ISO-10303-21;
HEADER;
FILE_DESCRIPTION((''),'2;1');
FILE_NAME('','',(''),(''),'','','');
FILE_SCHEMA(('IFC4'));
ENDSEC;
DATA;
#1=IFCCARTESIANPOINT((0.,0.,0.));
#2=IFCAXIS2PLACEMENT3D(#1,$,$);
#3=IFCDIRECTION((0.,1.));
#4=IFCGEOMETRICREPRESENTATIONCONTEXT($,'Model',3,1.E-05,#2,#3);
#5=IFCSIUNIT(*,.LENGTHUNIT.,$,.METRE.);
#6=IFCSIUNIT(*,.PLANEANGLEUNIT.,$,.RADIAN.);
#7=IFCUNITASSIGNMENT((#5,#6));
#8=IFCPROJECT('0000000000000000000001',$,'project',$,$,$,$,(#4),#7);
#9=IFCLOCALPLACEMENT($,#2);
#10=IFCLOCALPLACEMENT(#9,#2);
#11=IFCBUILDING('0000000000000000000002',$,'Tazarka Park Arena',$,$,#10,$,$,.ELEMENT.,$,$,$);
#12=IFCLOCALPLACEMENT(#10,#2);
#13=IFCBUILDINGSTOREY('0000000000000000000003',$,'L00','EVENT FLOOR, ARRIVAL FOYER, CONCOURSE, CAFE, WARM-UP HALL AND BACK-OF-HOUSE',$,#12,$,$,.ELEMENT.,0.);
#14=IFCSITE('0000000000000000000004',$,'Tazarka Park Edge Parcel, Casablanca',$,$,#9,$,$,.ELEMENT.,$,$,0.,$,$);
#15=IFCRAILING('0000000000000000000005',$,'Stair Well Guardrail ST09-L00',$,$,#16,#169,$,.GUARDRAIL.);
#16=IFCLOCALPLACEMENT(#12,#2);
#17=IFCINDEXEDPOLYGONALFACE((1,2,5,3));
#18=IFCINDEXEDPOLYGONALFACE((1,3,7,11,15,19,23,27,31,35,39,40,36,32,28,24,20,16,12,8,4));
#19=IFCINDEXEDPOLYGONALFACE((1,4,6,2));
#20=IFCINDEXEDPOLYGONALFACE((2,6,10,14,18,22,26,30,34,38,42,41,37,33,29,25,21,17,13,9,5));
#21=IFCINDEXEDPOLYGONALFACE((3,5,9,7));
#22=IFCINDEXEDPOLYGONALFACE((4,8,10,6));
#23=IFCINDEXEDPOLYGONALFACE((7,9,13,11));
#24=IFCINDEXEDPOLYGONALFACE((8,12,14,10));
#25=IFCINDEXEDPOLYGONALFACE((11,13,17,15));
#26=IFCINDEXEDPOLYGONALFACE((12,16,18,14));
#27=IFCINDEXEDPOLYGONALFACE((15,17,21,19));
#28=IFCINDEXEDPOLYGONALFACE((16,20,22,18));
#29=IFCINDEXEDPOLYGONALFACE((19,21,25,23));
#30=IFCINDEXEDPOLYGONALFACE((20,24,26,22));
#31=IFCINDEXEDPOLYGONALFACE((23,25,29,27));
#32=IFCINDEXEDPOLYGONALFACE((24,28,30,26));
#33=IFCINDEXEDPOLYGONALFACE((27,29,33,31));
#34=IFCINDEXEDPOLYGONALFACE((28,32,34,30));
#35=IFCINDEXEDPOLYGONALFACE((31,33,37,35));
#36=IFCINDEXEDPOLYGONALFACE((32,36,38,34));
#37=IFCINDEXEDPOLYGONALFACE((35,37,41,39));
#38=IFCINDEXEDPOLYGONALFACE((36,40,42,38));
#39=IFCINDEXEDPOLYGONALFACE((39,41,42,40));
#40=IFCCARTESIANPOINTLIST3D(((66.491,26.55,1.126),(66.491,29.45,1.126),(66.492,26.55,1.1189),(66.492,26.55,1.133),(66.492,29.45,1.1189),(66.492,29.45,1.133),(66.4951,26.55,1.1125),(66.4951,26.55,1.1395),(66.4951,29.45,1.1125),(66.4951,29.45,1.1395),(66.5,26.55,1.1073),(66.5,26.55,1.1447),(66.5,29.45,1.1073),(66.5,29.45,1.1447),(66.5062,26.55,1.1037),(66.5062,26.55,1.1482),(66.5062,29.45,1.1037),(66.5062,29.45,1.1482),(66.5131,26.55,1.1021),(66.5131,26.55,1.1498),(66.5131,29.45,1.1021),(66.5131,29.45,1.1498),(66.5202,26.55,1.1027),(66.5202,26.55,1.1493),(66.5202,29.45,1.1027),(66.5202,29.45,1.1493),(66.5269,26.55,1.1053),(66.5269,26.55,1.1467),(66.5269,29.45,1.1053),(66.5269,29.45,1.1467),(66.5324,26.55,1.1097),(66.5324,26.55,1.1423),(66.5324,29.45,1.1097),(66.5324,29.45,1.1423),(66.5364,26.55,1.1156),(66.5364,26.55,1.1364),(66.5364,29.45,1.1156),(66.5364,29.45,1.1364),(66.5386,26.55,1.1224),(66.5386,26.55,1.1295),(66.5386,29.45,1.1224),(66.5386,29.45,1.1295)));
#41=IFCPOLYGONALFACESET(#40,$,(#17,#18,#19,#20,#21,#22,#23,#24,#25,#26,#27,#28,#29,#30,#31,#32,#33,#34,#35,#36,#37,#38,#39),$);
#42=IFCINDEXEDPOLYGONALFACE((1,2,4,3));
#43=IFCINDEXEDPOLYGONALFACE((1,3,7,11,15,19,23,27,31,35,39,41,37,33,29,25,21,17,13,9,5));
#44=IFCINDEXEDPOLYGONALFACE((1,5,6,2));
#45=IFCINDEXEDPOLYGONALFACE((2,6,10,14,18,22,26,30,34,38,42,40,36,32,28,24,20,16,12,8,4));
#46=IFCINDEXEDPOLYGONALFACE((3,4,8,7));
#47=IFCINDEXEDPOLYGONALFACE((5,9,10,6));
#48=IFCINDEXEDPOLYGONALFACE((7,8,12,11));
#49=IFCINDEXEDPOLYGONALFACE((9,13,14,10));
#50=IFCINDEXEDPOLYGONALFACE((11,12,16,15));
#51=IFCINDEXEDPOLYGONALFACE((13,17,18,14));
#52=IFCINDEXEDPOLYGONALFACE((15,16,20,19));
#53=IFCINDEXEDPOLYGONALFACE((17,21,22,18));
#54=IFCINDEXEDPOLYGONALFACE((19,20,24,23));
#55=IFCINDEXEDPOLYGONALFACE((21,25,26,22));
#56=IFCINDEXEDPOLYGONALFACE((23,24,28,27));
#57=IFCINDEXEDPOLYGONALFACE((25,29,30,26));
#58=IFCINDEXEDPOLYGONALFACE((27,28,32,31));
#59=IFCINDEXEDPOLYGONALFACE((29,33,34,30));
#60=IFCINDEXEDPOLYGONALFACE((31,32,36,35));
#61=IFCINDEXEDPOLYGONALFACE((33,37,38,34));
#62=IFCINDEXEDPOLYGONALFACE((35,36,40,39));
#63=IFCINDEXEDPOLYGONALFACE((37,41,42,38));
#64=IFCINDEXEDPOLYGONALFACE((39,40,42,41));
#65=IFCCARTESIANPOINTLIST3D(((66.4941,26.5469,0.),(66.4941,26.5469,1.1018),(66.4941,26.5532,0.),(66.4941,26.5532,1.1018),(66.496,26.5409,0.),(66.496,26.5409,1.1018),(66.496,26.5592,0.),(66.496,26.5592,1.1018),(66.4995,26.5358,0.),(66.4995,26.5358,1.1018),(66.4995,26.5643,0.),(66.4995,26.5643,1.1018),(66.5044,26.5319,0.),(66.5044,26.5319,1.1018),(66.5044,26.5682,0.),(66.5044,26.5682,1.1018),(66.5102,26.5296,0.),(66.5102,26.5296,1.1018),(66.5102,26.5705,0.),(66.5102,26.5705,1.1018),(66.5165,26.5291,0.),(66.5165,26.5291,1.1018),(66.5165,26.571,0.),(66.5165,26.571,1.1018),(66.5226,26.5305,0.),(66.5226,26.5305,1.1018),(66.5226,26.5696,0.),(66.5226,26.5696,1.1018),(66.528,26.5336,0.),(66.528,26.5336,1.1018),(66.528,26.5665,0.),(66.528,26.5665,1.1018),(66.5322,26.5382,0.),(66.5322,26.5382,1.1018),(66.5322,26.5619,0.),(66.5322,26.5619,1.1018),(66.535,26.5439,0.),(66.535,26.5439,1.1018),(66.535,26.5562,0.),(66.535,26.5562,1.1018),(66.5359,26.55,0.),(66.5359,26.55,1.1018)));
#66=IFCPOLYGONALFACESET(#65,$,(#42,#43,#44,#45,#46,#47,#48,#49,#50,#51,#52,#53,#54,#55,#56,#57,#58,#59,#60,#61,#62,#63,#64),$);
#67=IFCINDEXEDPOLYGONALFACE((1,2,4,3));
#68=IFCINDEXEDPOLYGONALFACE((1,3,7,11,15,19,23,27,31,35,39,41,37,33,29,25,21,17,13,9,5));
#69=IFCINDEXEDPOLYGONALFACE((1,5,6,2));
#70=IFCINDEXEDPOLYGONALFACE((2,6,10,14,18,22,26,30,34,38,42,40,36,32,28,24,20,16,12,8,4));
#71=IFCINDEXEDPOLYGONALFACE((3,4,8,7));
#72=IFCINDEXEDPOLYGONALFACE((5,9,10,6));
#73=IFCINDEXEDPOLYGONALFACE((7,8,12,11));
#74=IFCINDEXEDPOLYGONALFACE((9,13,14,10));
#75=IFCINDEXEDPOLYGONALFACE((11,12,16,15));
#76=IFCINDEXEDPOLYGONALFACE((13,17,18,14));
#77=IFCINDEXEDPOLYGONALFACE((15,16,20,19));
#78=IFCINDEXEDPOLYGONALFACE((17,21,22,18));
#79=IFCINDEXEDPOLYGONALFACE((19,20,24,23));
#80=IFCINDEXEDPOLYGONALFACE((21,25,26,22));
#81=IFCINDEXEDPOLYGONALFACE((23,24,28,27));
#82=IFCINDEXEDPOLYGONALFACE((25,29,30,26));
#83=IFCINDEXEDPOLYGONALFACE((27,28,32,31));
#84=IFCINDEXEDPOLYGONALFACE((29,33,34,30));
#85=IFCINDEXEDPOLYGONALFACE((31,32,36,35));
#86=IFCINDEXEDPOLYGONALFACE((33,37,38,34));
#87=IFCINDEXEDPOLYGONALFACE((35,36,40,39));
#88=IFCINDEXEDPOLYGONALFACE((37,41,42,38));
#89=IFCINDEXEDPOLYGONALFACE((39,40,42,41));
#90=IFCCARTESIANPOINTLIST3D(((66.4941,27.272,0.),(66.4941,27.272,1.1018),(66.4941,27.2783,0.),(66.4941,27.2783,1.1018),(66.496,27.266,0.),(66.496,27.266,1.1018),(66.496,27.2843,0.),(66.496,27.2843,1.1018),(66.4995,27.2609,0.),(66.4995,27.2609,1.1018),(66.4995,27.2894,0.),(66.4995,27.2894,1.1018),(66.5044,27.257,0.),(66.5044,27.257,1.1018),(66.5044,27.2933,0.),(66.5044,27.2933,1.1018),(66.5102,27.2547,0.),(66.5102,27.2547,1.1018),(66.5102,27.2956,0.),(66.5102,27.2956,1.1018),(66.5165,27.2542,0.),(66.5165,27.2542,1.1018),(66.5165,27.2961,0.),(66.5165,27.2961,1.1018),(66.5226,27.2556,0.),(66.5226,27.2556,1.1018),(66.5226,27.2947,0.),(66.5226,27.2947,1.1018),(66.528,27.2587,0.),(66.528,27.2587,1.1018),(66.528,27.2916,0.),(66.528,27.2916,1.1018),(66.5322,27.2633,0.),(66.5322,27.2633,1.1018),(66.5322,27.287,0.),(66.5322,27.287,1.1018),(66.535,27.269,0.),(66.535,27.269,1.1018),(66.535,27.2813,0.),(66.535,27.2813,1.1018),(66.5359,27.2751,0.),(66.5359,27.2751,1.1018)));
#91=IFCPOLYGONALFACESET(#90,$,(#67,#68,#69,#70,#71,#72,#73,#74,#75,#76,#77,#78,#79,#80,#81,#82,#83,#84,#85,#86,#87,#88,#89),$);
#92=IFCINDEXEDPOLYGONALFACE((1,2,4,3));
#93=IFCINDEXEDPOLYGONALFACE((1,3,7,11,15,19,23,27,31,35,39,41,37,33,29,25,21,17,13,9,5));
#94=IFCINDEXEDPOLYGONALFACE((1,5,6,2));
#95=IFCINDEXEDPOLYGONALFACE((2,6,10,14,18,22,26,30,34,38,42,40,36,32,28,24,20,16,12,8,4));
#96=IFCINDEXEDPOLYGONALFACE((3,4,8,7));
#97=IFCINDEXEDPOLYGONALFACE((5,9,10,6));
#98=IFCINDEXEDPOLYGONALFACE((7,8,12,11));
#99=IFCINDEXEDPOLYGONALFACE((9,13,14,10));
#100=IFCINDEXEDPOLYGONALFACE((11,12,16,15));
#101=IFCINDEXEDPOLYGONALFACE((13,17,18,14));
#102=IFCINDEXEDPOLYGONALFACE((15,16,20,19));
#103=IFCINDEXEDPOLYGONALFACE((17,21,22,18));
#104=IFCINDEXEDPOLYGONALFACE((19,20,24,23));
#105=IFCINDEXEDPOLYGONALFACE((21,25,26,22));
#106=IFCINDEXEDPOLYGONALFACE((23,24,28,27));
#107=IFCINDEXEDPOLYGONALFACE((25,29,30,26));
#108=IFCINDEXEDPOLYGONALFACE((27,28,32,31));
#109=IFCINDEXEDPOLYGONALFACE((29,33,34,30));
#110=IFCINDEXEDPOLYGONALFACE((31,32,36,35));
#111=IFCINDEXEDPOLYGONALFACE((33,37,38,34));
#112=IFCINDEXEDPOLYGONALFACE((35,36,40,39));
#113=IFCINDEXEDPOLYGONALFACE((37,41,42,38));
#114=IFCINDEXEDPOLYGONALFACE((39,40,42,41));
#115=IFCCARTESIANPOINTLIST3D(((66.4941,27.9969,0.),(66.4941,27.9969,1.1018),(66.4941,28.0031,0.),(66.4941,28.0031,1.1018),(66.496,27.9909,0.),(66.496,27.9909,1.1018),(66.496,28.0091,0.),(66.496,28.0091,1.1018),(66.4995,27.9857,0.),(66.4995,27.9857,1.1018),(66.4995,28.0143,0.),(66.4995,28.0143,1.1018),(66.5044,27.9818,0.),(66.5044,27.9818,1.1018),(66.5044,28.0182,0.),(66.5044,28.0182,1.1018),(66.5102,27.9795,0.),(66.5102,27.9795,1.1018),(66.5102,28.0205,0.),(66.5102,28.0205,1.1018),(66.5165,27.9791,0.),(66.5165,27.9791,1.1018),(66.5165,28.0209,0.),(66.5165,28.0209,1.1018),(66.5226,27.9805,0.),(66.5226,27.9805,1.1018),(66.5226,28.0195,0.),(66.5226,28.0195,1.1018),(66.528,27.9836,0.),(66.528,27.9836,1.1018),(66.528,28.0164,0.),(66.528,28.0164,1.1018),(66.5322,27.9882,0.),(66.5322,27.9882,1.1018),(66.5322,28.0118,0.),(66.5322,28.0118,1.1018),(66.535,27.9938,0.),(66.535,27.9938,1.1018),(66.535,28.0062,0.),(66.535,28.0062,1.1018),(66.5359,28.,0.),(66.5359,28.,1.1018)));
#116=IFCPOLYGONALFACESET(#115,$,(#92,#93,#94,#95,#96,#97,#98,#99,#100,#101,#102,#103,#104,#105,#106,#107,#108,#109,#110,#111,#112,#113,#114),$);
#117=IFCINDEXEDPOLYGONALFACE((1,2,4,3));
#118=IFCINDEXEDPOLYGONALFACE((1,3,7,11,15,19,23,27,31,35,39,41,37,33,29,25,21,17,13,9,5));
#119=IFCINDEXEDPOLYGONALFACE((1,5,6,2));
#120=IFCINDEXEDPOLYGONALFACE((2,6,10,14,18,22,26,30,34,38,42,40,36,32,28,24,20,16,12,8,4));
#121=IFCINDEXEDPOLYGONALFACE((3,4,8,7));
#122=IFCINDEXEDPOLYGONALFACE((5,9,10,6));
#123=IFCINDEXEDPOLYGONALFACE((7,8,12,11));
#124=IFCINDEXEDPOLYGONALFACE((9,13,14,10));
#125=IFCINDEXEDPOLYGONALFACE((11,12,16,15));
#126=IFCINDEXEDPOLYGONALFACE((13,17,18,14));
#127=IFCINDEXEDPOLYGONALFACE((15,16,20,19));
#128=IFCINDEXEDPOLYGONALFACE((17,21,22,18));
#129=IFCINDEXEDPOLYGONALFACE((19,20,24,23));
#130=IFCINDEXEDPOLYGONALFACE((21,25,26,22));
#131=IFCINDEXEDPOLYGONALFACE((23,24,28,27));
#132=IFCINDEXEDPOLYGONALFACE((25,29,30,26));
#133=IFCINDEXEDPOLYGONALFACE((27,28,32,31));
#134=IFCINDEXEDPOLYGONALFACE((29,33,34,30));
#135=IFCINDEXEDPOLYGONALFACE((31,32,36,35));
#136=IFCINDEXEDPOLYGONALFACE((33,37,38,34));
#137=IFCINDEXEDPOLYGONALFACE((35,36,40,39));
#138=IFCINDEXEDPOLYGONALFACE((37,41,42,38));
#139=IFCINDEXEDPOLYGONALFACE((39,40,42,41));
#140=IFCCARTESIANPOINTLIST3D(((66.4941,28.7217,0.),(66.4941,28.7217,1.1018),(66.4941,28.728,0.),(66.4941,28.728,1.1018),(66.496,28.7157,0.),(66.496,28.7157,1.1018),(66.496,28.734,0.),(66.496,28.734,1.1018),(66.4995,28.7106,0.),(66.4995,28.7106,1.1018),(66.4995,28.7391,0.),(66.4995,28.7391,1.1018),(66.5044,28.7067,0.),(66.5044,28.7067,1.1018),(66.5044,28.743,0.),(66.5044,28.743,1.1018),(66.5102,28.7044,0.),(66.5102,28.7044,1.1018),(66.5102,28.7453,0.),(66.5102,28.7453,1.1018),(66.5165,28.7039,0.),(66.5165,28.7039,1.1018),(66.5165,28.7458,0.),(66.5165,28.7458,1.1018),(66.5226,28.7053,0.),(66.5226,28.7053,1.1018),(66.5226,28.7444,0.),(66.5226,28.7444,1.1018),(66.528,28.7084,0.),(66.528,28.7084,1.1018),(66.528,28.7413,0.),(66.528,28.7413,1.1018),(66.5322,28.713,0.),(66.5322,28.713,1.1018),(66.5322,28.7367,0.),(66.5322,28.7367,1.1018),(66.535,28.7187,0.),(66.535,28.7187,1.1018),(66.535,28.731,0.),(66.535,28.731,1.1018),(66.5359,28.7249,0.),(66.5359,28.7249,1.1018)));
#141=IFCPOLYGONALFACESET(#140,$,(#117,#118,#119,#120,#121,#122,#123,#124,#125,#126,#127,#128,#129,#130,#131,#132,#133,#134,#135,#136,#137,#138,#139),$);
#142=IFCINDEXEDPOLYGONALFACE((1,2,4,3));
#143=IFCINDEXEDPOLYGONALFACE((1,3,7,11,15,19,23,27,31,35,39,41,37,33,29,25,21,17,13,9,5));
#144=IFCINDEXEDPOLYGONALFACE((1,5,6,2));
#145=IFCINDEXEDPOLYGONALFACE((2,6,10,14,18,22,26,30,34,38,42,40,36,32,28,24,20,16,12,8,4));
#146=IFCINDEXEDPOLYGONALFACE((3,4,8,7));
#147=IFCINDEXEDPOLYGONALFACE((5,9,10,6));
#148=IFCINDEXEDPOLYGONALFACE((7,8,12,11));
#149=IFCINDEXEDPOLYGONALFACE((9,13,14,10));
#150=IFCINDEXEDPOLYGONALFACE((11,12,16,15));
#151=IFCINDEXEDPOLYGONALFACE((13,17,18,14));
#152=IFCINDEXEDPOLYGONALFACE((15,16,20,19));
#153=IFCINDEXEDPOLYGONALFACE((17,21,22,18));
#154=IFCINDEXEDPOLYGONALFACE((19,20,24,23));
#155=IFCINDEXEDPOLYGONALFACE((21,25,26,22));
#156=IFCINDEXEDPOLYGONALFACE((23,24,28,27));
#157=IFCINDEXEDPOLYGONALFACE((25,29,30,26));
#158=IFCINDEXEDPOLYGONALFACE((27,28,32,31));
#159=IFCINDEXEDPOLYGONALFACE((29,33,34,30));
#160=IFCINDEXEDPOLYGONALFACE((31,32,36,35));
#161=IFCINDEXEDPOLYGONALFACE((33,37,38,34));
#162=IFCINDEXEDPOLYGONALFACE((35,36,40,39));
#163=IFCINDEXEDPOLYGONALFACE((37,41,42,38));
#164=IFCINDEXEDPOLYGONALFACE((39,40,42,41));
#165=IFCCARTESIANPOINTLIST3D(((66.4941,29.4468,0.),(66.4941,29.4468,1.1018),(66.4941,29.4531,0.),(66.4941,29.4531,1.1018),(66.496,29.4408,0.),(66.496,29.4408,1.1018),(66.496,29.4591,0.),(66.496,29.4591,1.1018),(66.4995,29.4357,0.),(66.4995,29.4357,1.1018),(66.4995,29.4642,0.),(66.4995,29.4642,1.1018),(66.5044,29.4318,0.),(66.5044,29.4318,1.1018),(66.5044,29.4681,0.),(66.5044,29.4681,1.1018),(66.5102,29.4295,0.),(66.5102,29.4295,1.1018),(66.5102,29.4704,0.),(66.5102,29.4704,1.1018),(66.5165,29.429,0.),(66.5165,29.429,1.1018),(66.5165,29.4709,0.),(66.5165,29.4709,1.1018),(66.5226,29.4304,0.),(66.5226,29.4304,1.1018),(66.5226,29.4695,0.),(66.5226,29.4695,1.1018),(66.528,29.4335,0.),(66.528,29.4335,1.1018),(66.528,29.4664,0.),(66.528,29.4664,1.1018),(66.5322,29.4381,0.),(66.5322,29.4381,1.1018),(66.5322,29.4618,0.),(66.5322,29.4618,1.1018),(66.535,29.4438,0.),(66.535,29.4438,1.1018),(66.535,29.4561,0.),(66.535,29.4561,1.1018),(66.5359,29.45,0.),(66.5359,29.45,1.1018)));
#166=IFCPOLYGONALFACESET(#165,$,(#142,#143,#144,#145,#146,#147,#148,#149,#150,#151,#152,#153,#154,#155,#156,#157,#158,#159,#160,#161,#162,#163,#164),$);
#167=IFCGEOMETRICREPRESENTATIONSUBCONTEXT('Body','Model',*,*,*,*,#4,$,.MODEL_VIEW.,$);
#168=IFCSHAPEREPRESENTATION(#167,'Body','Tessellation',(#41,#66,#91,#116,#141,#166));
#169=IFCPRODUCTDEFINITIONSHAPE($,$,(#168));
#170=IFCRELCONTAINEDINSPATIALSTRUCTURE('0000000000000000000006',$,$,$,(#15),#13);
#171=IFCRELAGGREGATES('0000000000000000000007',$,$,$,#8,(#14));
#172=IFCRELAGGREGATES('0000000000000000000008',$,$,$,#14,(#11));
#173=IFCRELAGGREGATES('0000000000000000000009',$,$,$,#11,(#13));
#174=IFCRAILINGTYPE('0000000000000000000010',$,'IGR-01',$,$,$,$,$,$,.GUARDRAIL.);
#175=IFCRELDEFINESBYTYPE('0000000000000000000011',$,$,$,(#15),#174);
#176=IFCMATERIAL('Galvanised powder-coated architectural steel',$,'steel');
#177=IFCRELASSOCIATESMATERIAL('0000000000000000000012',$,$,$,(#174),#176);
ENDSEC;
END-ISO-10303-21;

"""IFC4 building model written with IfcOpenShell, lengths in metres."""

from ifc_helpers import new_model, si_unit, direction, frame, origin, origin_2d, place, context, subcontext, project, spatial, circle, extrude, material, type_object, element, save


model = new_model("IFC4")

# Units and contexts
model_context = context("Model", 3, precision=1e-05, world=origin(), true_north=direction((0.0, 1.0)))
body_context = subcontext(model_context, "Body", "Model", "MODEL_VIEW")
ifc_project = project(units=[si_unit("LENGTHUNIT", "METRE"), si_unit("PLANEANGLEUNIT", "RADIAN")], contexts=[model_context])

# Site, building, storey
site_placement = place(None, origin())
site = spatial("IfcSite", under=ifc_project, at=site_placement, Name="Tazarka Park Edge Parcel, Casablanca", CompositionType="ELEMENT", RefElevation=0.0)
building_placement = place(site_placement, origin())
building = spatial("IfcBuilding", under=site, at=building_placement, Name="Tazarka Park Arena", CompositionType="ELEMENT")
storey_placement = place(building_placement, origin())
storey = spatial("IfcBuildingStorey", under=building, at=storey_placement, Name="L00", Description="EVENT FLOOR, ARRIVAL FOYER, CONCOURSE, CAFE, WARM-UP HALL AND BACK-OF-HOUSE", CompositionType="ELEMENT", Elevation=0.0)

# Railing
ifc_material_1 = material(Name="Galvanised powder-coated architectural steel", Category="steel")
railing_type_1 = type_object("IfcRailingType", Name="IGR-01", PredefinedType="GUARDRAIL", material=ifc_material_1)
for number, where, name in (
    (1, (66.5149, 26.55, 0.0), "Stair Well Guardrail ST09-L00"),
):
    element("IfcRailing", number, at=place(storey_placement, frame(where)), inside=storey, type_object=railing_type_1, Name=name, PredefinedType="GUARDRAIL", context=body_context, shape_type="SweptSolid", body=[
        extrude(circle(Radius=0.0239, at=origin_2d()), frame((0.0, 0.0, 1.126), z_axis=(0.0, 1.0, 0.0), x_axis=(-1.0, 0.0, 0.0)), (0.0, 0.0, 1.0), 2.8999),
        extrude(circle(Radius=0.021, at=origin_2d()), origin(), (0.0, 0.0, 1.0), 1.1018),
        extrude(circle(Radius=0.021, at=origin_2d()), frame((0.0, 0.7251, 0.0)), (0.0, 0.0, 1.0), 1.1018),
        extrude(circle(Radius=0.021, at=origin_2d()), frame((0.0, 1.45, 0.0)), (0.0, 0.0, 1.0), 1.1018),
        extrude(circle(Radius=0.021, at=origin_2d()), frame((0.0, 2.1748, 0.0)), (0.0, 0.0, 1.0), 1.1018),
        extrude(circle(Radius=0.021, at=origin_2d()), frame((0.0, 2.8999, 0.0)), (0.0, 0.0, 1.0), 1.1018),
    ])

save(model, "model.ifc")
